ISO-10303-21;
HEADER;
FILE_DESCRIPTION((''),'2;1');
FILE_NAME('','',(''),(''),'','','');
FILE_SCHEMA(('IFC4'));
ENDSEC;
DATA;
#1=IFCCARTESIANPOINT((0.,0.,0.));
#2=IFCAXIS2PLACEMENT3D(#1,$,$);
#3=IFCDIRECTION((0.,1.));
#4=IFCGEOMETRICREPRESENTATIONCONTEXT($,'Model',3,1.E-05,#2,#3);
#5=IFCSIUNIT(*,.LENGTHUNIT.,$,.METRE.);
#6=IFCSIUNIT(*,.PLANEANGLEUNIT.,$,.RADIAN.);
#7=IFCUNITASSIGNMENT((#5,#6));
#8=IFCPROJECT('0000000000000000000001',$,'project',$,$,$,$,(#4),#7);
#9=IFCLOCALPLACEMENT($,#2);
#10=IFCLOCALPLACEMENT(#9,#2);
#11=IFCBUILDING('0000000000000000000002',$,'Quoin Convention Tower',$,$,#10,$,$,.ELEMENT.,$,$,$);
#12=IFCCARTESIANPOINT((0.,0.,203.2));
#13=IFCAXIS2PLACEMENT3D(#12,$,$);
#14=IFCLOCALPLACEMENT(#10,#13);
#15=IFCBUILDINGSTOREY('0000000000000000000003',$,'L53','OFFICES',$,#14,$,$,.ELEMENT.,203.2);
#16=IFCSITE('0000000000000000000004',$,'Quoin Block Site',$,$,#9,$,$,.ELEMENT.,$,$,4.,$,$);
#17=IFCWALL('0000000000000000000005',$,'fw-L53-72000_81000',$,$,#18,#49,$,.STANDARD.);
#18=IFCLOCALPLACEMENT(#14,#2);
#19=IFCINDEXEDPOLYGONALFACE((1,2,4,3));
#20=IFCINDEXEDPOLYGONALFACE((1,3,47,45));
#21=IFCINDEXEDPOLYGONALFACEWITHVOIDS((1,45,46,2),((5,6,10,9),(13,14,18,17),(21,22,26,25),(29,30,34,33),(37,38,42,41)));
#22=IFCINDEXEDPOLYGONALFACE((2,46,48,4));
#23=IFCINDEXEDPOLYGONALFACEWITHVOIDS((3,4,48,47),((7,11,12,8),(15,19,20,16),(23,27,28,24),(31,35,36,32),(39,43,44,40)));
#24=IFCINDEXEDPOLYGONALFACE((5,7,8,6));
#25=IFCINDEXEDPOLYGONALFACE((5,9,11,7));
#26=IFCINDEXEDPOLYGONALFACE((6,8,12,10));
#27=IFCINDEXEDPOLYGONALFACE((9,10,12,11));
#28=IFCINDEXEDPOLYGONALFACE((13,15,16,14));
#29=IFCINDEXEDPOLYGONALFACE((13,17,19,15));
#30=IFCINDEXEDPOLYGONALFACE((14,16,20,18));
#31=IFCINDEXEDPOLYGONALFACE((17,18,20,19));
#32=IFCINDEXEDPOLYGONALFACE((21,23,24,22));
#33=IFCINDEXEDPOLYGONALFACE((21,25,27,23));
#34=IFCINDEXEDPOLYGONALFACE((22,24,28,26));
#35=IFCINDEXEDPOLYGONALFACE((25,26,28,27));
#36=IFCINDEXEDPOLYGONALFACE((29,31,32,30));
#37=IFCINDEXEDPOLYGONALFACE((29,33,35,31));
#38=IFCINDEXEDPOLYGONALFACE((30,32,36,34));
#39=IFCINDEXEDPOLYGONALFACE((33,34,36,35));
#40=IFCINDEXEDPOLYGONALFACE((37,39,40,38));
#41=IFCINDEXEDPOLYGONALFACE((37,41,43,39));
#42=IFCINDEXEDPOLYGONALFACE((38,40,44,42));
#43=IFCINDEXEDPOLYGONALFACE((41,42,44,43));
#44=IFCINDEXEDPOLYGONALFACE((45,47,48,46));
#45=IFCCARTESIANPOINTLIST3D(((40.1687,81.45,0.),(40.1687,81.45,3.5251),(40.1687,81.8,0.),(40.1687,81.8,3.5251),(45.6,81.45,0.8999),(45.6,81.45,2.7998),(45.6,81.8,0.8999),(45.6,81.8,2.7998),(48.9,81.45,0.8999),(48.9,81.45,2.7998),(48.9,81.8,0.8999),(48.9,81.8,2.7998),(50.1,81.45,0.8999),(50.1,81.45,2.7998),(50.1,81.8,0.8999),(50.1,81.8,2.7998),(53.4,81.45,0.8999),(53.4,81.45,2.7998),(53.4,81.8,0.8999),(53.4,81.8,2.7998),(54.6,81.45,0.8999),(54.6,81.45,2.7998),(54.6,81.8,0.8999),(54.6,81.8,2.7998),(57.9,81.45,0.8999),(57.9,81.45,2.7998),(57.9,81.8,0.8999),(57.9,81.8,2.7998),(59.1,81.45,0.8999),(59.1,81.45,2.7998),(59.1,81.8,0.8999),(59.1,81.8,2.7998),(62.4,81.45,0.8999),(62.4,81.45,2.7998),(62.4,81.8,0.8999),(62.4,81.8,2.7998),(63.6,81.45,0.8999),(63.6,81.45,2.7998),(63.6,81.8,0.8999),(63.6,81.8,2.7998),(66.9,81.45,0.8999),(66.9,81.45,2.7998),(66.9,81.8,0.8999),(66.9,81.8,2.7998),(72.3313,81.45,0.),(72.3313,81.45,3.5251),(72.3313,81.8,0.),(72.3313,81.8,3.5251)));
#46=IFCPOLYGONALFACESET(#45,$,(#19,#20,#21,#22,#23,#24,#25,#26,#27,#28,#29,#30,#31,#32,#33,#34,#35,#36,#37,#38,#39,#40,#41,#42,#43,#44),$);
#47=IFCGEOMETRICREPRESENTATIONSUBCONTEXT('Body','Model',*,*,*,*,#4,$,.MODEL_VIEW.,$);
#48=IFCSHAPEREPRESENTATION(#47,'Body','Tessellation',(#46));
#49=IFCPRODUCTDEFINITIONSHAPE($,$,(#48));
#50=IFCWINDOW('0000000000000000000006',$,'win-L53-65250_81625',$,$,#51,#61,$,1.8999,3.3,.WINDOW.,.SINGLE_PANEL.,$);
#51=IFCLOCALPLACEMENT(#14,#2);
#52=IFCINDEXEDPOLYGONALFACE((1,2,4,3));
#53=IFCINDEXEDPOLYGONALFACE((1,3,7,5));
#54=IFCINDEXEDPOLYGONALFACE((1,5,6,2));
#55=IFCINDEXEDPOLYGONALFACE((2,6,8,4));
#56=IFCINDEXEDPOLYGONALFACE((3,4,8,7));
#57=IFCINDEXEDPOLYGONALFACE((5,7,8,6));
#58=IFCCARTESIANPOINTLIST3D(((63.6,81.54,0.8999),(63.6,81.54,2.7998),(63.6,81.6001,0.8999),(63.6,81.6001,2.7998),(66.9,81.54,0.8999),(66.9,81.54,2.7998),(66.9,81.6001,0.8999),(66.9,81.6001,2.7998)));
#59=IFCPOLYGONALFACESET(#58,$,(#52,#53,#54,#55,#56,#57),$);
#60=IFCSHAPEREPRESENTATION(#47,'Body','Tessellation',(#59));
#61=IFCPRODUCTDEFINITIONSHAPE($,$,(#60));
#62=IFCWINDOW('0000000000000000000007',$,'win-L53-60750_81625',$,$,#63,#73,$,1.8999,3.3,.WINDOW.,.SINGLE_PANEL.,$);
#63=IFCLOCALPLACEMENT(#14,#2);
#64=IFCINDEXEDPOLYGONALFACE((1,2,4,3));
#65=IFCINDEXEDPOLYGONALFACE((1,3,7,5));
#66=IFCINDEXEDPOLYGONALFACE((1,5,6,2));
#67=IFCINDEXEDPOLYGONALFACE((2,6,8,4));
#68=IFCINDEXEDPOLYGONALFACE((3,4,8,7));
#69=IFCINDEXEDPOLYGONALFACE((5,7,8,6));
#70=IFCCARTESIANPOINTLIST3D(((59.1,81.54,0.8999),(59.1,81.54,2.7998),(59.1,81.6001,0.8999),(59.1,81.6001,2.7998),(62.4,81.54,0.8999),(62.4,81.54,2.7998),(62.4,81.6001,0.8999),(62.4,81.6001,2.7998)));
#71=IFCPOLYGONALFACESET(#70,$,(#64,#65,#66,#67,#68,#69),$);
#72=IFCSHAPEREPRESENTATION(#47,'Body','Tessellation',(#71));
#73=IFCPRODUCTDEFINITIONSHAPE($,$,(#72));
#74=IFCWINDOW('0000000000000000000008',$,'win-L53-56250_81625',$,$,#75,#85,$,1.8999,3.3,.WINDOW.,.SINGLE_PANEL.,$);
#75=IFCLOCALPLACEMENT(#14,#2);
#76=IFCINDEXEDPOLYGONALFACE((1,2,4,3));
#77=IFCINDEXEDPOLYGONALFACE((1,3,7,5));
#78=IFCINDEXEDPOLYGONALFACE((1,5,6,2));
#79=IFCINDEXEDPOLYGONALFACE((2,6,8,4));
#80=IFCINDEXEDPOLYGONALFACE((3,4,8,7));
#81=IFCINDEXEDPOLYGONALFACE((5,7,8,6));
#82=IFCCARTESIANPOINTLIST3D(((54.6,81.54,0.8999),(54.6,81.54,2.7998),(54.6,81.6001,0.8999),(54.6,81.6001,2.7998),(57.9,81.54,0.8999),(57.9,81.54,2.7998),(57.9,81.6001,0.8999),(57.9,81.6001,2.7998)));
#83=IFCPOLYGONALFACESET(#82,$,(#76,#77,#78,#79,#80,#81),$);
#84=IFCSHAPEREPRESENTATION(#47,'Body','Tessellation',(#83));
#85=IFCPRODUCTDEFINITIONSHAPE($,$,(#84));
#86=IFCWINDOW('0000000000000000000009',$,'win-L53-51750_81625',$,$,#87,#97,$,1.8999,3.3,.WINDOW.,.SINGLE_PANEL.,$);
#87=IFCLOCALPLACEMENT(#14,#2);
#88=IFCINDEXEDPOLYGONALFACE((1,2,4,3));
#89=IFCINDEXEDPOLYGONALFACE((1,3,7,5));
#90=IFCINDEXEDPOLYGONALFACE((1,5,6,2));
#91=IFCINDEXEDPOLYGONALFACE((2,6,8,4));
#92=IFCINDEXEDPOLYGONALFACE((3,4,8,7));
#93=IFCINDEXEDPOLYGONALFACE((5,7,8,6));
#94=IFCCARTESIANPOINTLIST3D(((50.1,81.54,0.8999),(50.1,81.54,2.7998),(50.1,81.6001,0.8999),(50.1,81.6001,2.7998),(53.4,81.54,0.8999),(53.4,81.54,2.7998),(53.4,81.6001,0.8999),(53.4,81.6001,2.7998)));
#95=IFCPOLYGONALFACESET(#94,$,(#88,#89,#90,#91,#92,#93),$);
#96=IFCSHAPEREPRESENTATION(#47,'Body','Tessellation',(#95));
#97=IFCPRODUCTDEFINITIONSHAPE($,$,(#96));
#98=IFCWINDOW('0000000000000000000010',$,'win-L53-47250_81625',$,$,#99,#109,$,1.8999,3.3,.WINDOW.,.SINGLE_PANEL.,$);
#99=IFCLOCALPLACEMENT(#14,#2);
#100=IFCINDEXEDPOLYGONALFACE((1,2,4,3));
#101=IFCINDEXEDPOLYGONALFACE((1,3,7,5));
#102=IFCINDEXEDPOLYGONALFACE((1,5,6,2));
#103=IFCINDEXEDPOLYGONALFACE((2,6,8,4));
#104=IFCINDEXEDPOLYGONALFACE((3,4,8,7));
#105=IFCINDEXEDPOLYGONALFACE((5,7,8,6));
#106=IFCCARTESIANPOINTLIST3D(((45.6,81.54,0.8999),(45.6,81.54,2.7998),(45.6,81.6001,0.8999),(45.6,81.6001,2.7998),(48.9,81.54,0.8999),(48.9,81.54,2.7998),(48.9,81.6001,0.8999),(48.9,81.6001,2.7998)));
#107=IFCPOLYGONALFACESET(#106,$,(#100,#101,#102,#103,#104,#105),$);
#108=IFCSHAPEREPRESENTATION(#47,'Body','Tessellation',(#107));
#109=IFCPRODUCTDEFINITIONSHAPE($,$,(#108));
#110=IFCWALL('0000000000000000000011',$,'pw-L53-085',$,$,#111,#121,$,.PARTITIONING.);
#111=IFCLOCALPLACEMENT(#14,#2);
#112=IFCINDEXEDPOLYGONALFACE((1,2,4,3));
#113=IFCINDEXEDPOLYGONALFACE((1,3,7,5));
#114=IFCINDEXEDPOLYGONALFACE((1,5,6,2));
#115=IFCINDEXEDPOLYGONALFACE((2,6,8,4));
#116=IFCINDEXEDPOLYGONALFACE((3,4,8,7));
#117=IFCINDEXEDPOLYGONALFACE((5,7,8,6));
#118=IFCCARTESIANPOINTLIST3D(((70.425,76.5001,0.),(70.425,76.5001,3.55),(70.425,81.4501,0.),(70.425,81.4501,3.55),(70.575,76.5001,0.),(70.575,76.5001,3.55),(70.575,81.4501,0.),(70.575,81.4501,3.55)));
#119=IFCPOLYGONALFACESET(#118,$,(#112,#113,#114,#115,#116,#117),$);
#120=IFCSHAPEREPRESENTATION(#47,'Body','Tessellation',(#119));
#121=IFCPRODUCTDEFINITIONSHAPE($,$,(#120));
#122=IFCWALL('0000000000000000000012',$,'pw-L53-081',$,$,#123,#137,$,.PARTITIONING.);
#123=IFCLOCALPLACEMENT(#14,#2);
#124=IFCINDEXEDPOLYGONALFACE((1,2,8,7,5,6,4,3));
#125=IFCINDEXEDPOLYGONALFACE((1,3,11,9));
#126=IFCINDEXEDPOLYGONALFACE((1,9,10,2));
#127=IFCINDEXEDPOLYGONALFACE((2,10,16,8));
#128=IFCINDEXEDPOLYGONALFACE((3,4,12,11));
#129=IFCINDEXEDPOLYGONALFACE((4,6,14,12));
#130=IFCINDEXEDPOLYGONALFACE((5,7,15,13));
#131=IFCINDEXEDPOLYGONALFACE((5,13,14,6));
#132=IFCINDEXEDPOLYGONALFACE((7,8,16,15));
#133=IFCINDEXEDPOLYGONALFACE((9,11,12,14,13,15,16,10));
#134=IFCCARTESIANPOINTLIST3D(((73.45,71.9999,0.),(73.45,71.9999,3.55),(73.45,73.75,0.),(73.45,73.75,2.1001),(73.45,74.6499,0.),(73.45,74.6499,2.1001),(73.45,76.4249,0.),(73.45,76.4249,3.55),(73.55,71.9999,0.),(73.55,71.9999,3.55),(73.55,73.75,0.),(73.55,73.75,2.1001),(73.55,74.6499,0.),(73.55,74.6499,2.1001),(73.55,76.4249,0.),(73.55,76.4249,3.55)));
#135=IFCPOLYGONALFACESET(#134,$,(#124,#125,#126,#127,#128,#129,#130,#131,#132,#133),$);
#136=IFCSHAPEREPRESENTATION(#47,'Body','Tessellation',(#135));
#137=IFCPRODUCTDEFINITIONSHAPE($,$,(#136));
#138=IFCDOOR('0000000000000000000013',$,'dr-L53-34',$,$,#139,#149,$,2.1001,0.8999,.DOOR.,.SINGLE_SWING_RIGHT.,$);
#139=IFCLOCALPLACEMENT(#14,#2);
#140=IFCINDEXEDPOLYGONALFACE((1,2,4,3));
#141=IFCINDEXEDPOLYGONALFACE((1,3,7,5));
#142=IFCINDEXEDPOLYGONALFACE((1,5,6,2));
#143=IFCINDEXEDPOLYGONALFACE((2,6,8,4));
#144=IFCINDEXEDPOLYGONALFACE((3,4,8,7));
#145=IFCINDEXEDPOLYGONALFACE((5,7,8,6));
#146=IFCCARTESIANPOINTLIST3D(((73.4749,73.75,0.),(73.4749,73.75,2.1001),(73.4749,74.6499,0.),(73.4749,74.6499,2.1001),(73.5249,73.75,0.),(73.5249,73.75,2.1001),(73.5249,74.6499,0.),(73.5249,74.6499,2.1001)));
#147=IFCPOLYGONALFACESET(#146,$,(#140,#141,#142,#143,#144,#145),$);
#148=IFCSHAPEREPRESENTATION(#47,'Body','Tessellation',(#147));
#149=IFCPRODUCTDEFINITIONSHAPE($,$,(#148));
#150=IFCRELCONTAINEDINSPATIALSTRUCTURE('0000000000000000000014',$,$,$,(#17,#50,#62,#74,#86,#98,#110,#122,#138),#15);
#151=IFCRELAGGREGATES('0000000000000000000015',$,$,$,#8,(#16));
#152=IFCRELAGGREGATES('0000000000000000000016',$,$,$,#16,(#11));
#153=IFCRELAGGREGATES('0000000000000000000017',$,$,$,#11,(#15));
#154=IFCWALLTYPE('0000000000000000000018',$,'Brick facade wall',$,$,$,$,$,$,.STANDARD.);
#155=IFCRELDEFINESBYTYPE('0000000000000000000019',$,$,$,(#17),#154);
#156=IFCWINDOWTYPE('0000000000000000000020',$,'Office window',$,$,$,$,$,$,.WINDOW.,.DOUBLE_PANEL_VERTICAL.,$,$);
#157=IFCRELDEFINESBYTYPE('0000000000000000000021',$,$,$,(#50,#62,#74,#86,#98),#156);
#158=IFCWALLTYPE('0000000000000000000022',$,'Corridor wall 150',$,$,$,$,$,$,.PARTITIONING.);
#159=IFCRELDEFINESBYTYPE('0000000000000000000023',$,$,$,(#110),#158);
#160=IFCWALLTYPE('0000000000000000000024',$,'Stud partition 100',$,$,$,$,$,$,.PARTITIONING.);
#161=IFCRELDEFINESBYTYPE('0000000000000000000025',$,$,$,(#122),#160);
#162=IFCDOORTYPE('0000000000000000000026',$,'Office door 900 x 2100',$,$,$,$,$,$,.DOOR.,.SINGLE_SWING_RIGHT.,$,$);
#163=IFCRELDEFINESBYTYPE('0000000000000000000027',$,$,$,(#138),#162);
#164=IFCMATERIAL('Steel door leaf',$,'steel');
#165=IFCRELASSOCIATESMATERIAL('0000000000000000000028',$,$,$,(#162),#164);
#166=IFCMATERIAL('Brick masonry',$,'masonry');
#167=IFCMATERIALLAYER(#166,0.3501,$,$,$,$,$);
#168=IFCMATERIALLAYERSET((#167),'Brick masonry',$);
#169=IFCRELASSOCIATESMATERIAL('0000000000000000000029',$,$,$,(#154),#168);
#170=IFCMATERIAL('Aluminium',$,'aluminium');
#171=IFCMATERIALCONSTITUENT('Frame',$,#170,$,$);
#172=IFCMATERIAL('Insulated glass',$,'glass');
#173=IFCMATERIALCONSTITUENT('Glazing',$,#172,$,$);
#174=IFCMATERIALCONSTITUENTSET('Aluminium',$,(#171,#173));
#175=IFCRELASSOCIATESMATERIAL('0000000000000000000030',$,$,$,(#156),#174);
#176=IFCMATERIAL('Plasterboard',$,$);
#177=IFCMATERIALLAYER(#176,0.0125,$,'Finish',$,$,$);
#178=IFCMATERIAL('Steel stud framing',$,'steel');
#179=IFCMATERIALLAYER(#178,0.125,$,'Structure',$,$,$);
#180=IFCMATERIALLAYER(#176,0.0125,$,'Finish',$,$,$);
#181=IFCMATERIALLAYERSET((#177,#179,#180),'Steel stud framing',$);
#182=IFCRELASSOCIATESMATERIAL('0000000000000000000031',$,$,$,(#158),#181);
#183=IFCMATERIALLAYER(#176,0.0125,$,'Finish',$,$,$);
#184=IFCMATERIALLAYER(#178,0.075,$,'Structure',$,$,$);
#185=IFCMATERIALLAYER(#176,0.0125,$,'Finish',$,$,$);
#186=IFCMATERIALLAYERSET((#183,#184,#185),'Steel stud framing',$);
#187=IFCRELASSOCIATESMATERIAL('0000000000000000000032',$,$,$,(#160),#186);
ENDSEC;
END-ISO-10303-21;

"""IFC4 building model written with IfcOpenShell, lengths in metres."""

from ifc_helpers import new_model, si_unit, direction, frame, frame_2d, origin, place, context, subcontext, project, spatial, rectangle, extrude, material, layer, layer_set, constituent, constituent_set, type_object, element, fill, save


model = new_model("IFC4")

# Units and contexts
model_context = context("Model", 3, precision=1e-05, world=origin(), true_north=direction((0.0, 1.0)))
body_context = subcontext(model_context, "Body", "Model", "MODEL_VIEW")
ifc_project = project(units=[si_unit("LENGTHUNIT", "METRE"), si_unit("PLANEANGLEUNIT", "RADIAN")], contexts=[model_context])

# Site, building, storey
site_placement = place(None, origin())
site = spatial("IfcSite", under=ifc_project, at=site_placement, Name="Quoin Block Site", CompositionType="ELEMENT", RefElevation=4.0)
building_placement = place(site_placement, origin())
building = spatial("IfcBuilding", under=site, at=building_placement, Name="Quoin Convention Tower", CompositionType="ELEMENT")
storey_placement = place(building_placement, frame((0.0, 0.0, 203.2)))
storey = spatial("IfcBuildingStorey", under=building, at=storey_placement, Name="L53", Description="OFFICES", CompositionType="ELEMENT", Elevation=203.2)

# Shared definitions
ifc_material_1 = material(Name="Plasterboard")
ifc_material_2 = material(Name="Steel stud framing", Category="steel")
ifc_material_3 = material(Name="Steel door leaf", Category="steel")
door_type = type_object("IfcDoorType", Name="Office door 900 x 2100", OperationType="SINGLE_SWING_RIGHT", PredefinedType="DOOR", material=ifc_material_3)

# Shared definitions
ifc_material_4 = material(Name="Brick masonry", Category="masonry")
ifc_layer_1 = layer(ifc_material_4, 0.3501)
ifc_layer_set_1 = layer_set([ifc_layer_1], Name="Brick masonry")
wall_type_1 = type_object("IfcWallType", Name="Brick facade wall", PredefinedType="STANDARD", material=ifc_layer_set_1)
ifc_material_5 = material(Name="Aluminium", Category="aluminium")
ifc_constituent_1 = constituent(ifc_material_5, Name="Frame")
ifc_material_6 = material(Name="Insulated glass", Category="glass")
ifc_constituent_2 = constituent(ifc_material_6, Name="Glazing")
ifc_constituent_set = constituent_set(constituents=[ifc_constituent_1, ifc_constituent_2], Name="Aluminium")
window_type = type_object("IfcWindowType", Name="Office window", PartitioningType="DOUBLE_PANEL_VERTICAL", PredefinedType="WINDOW", material=ifc_constituent_set)

# Wall, openings, windows
wall_1_placement = place(storey_placement, frame((72.3313, 81.625, 0.0), z_axis=(0.0, 0.0, 1.0), x_axis=(-1.0, 0.0, 0.0)))
wall_1 = element("IfcWall", 1, at=wall_1_placement, inside=storey, type_object=wall_type_1, Name="fw-L53-72000_81000", PredefinedType="STANDARD", context=body_context, shape_type="SweptSolid", body=[
    extrude(rectangle(XDim=32.1626, YDim=0.3501, at=frame_2d((16.0813, 0.0))), origin(), (0.0, 0.0, 1.0), 3.5251),
])
opening_1_placement = place(wall_1_placement, frame((5.4314, 0.0, 0.8999)))
opening_1 = element("IfcOpeningElement", 2, at=opening_1_placement, cuts=wall_1, PredefinedType="OPENING", context=body_context, shape_type="SweptSolid", body=[
    extrude(rectangle(XDim=3.3, YDim=1.8999, at=frame_2d((1.6499, 0.95))), frame((0.0, 0.1851, 0.0), z_axis=(0.0, -1.0, 0.0), x_axis=(1.0, 0.0, 0.0)), (0.0, 0.0, 1.0), 0.3701),
])
opening_2_placement = place(wall_1_placement, frame((9.9314, 0.0, 0.8999)))
opening_2 = element("IfcOpeningElement", 3, at=opening_2_placement, cuts=wall_1, PredefinedType="OPENING", context=body_context, shape_type="SweptSolid", body=[
    extrude(rectangle(XDim=3.3, YDim=1.8999, at=frame_2d((1.6499, 0.95))), frame((0.0, 0.1851, 0.0), z_axis=(0.0, -1.0, 0.0), x_axis=(1.0, 0.0, 0.0)), (0.0, 0.0, 1.0), 0.3701),
])
opening_3_placement = place(wall_1_placement, frame((14.4314, 0.0, 0.8999)))
opening_3 = element("IfcOpeningElement", 4, at=opening_3_placement, cuts=wall_1, PredefinedType="OPENING", context=body_context, shape_type="SweptSolid", body=[
    extrude(rectangle(XDim=3.3, YDim=1.8999, at=frame_2d((1.6499, 0.95))), frame((0.0, 0.1851, 0.0), z_axis=(0.0, -1.0, 0.0), x_axis=(1.0, 0.0, 0.0)), (0.0, 0.0, 1.0), 0.3701),
])
opening_4_placement = place(wall_1_placement, frame((18.9314, 0.0, 0.8999)))
opening_4 = element("IfcOpeningElement", 5, at=opening_4_placement, cuts=wall_1, PredefinedType="OPENING", context=body_context, shape_type="SweptSolid", body=[
    extrude(rectangle(XDim=3.3, YDim=1.8999, at=frame_2d((1.6499, 0.95))), frame((0.0, 0.1851, 0.0), z_axis=(0.0, -1.0, 0.0), x_axis=(1.0, 0.0, 0.0)), (0.0, 0.0, 1.0), 0.3701),
])
opening_5_placement = place(wall_1_placement, frame((23.4314, 0.0, 0.8999)))
opening_5 = element("IfcOpeningElement", 6, at=opening_5_placement, cuts=wall_1, PredefinedType="OPENING", context=body_context, shape_type="SweptSolid", body=[
    extrude(rectangle(XDim=3.3, YDim=1.8999, at=frame_2d((1.6499, 0.95))), frame((0.0, 0.1851, 0.0), z_axis=(0.0, -1.0, 0.0), x_axis=(1.0, 0.0, 0.0)), (0.0, 0.0, 1.0), 0.3701),
])
window_1_placement = place(opening_1_placement, origin())
window_1 = element("IfcWindow", 7, at=window_1_placement, inside=storey, type_object=window_type, Name="win-L53-65250_81625", OverallHeight=1.8999, OverallWidth=3.3, PartitioningType="SINGLE_PANEL", PredefinedType="WINDOW", context=body_context, shape_type="SweptSolid", body=[
    extrude(rectangle(XDim=3.3, YDim=1.8999, at=frame_2d((1.6499, 0.95))), frame((0.0, 0.085, 0.0), z_axis=(0.0, -1.0, 0.0), x_axis=(1.0, 0.0, 0.0)), (0.0, 0.0, 1.0), 0.0601),
])
fill(opening_1, window_1)
window_2_placement = place(opening_2_placement, origin())
window_2 = element("IfcWindow", 8, at=window_2_placement, inside=storey, type_object=window_type, Name="win-L53-60750_81625", OverallHeight=1.8999, OverallWidth=3.3, PartitioningType="SINGLE_PANEL", PredefinedType="WINDOW", context=body_context, shape_type="SweptSolid", body=[
    extrude(rectangle(XDim=3.3, YDim=1.8999, at=frame_2d((1.6499, 0.95))), frame((0.0, 0.085, 0.0), z_axis=(0.0, -1.0, 0.0), x_axis=(1.0, 0.0, 0.0)), (0.0, 0.0, 1.0), 0.0601),
])
fill(opening_2, window_2)
window_3_placement = place(opening_3_placement, origin())
window_3 = element("IfcWindow", 9, at=window_3_placement, inside=storey, type_object=window_type, Name="win-L53-56250_81625", OverallHeight=1.8999, OverallWidth=3.3, PartitioningType="SINGLE_PANEL", PredefinedType="WINDOW", context=body_context, shape_type="SweptSolid", body=[
    extrude(rectangle(XDim=3.3, YDim=1.8999, at=frame_2d((1.6499, 0.95))), frame((0.0, 0.085, 0.0), z_axis=(0.0, -1.0, 0.0), x_axis=(1.0, 0.0, 0.0)), (0.0, 0.0, 1.0), 0.0601),
])
fill(opening_3, window_3)
window_4_placement = place(opening_4_placement, origin())
window_4 = element("IfcWindow", 10, at=window_4_placement, inside=storey, type_object=window_type, Name="win-L53-51750_81625", OverallHeight=1.8999, OverallWidth=3.3, PartitioningType="SINGLE_PANEL", PredefinedType="WINDOW", context=body_context, shape_type="SweptSolid", body=[
    extrude(rectangle(XDim=3.3, YDim=1.8999, at=frame_2d((1.6499, 0.95))), frame((0.0, 0.085, 0.0), z_axis=(0.0, -1.0, 0.0), x_axis=(1.0, 0.0, 0.0)), (0.0, 0.0, 1.0), 0.0601),
])
fill(opening_4, window_4)
window_5_placement = place(opening_5_placement, origin())
window_5 = element("IfcWindow", 11, at=window_5_placement, inside=storey, type_object=window_type, Name="win-L53-47250_81625", OverallHeight=1.8999, OverallWidth=3.3, PartitioningType="SINGLE_PANEL", PredefinedType="WINDOW", context=body_context, shape_type="SweptSolid", body=[
    extrude(rectangle(XDim=3.3, YDim=1.8999, at=frame_2d((1.6499, 0.95))), frame((0.0, 0.085, 0.0), z_axis=(0.0, -1.0, 0.0), x_axis=(1.0, 0.0, 0.0)), (0.0, 0.0, 1.0), 0.0601),
])
fill(opening_5, window_5)

# Wall
ifc_layer_2 = layer(ifc_material_1, 0.0125, Name="Finish")
ifc_layer_3 = layer(ifc_material_2, 0.125, Name="Structure")
ifc_layer_4 = layer(ifc_material_1, 0.0125, Name="Finish")
ifc_layer_set_2 = layer_set([ifc_layer_2, ifc_layer_3, ifc_layer_4], Name="Steel stud framing")
wall_type_2 = type_object("IfcWallType", Name="Corridor wall 150", PredefinedType="PARTITIONING", material=ifc_layer_set_2)
wall_2_placement = place(storey_placement, frame((70.5, 76.5, 0.0), z_axis=(0.0, 0.0, 1.0), x_axis=(0.0, 1.0, 0.0)))
element("IfcWall", 12, at=wall_2_placement, inside=storey, type_object=wall_type_2, Name="pw-L53-085", PredefinedType="PARTITIONING", context=body_context, shape_type="SweptSolid", body=[
    extrude(rectangle(XDim=4.95, YDim=0.1499, at=frame_2d((2.4751, 0.0))), origin(), (0.0, 0.0, 1.0), 3.55),
])

# Wall, opening, door
ifc_layer_5 = layer(ifc_material_1, 0.0125, Name="Finish")
ifc_layer_6 = layer(ifc_material_2, 0.075, Name="Structure")
ifc_layer_7 = layer(ifc_material_1, 0.0125, Name="Finish")
ifc_layer_set_3 = layer_set([ifc_layer_5, ifc_layer_6, ifc_layer_7], Name="Steel stud framing")
wall_type_3 = type_object("IfcWallType", Name="Stud partition 100", PredefinedType="PARTITIONING", material=ifc_layer_set_3)
wall_3_placement = place(storey_placement, frame((73.5, 72.0, 0.0), z_axis=(0.0, 0.0, 1.0), x_axis=(0.0, 1.0, 0.0)))
wall_3 = element("IfcWall", 13, at=wall_3_placement, inside=storey, type_object=wall_type_3, Name="pw-L53-081", PredefinedType="PARTITIONING", context=body_context, shape_type="SweptSolid", body=[
    extrude(rectangle(XDim=4.425, YDim=0.1001, at=frame_2d((2.2124, 0.0))), origin(), (0.0, 0.0, 1.0), 3.55),
])
opening_6_placement = place(wall_3_placement, frame((1.75, 0.0, 0.0)))
opening_6 = element("IfcOpeningElement", 14, at=opening_6_placement, cuts=wall_3, PredefinedType="OPENING", context=body_context, shape_type="SweptSolid", body=[
    extrude(rectangle(XDim=0.8999, YDim=2.1001, at=frame_2d((0.45, 1.05))), frame((0.0, 0.0601, 0.0), z_axis=(0.0, -1.0, 0.0), x_axis=(1.0, 0.0, 0.0)), (0.0, 0.0, 1.0), 0.1201),
])
door_1_placement = place(opening_6_placement, frame((0.8999, 0.0, 0.0), z_axis=(0.0, 0.0, 1.0), x_axis=(-1.0, 0.0, 0.0)))
door_1 = element("IfcDoor", 15, at=door_1_placement, inside=storey, type_object=door_type, Name="dr-L53-34", OperationType="SINGLE_SWING_RIGHT", OverallHeight=2.1001, OverallWidth=0.8999, PredefinedType="DOOR", context=body_context, shape_type="SweptSolid", body=[
    extrude(rectangle(XDim=0.8999, YDim=2.1001, at=frame_2d((0.45, 1.05))), frame((0.0, 0.0249, 0.0), z_axis=(0.0, -1.0, 0.0), x_axis=(1.0, 0.0, 0.0)), (0.0, 0.0, 1.0), 0.05),
])
fill(opening_6, door_1)

save(model, "model.ifc")
